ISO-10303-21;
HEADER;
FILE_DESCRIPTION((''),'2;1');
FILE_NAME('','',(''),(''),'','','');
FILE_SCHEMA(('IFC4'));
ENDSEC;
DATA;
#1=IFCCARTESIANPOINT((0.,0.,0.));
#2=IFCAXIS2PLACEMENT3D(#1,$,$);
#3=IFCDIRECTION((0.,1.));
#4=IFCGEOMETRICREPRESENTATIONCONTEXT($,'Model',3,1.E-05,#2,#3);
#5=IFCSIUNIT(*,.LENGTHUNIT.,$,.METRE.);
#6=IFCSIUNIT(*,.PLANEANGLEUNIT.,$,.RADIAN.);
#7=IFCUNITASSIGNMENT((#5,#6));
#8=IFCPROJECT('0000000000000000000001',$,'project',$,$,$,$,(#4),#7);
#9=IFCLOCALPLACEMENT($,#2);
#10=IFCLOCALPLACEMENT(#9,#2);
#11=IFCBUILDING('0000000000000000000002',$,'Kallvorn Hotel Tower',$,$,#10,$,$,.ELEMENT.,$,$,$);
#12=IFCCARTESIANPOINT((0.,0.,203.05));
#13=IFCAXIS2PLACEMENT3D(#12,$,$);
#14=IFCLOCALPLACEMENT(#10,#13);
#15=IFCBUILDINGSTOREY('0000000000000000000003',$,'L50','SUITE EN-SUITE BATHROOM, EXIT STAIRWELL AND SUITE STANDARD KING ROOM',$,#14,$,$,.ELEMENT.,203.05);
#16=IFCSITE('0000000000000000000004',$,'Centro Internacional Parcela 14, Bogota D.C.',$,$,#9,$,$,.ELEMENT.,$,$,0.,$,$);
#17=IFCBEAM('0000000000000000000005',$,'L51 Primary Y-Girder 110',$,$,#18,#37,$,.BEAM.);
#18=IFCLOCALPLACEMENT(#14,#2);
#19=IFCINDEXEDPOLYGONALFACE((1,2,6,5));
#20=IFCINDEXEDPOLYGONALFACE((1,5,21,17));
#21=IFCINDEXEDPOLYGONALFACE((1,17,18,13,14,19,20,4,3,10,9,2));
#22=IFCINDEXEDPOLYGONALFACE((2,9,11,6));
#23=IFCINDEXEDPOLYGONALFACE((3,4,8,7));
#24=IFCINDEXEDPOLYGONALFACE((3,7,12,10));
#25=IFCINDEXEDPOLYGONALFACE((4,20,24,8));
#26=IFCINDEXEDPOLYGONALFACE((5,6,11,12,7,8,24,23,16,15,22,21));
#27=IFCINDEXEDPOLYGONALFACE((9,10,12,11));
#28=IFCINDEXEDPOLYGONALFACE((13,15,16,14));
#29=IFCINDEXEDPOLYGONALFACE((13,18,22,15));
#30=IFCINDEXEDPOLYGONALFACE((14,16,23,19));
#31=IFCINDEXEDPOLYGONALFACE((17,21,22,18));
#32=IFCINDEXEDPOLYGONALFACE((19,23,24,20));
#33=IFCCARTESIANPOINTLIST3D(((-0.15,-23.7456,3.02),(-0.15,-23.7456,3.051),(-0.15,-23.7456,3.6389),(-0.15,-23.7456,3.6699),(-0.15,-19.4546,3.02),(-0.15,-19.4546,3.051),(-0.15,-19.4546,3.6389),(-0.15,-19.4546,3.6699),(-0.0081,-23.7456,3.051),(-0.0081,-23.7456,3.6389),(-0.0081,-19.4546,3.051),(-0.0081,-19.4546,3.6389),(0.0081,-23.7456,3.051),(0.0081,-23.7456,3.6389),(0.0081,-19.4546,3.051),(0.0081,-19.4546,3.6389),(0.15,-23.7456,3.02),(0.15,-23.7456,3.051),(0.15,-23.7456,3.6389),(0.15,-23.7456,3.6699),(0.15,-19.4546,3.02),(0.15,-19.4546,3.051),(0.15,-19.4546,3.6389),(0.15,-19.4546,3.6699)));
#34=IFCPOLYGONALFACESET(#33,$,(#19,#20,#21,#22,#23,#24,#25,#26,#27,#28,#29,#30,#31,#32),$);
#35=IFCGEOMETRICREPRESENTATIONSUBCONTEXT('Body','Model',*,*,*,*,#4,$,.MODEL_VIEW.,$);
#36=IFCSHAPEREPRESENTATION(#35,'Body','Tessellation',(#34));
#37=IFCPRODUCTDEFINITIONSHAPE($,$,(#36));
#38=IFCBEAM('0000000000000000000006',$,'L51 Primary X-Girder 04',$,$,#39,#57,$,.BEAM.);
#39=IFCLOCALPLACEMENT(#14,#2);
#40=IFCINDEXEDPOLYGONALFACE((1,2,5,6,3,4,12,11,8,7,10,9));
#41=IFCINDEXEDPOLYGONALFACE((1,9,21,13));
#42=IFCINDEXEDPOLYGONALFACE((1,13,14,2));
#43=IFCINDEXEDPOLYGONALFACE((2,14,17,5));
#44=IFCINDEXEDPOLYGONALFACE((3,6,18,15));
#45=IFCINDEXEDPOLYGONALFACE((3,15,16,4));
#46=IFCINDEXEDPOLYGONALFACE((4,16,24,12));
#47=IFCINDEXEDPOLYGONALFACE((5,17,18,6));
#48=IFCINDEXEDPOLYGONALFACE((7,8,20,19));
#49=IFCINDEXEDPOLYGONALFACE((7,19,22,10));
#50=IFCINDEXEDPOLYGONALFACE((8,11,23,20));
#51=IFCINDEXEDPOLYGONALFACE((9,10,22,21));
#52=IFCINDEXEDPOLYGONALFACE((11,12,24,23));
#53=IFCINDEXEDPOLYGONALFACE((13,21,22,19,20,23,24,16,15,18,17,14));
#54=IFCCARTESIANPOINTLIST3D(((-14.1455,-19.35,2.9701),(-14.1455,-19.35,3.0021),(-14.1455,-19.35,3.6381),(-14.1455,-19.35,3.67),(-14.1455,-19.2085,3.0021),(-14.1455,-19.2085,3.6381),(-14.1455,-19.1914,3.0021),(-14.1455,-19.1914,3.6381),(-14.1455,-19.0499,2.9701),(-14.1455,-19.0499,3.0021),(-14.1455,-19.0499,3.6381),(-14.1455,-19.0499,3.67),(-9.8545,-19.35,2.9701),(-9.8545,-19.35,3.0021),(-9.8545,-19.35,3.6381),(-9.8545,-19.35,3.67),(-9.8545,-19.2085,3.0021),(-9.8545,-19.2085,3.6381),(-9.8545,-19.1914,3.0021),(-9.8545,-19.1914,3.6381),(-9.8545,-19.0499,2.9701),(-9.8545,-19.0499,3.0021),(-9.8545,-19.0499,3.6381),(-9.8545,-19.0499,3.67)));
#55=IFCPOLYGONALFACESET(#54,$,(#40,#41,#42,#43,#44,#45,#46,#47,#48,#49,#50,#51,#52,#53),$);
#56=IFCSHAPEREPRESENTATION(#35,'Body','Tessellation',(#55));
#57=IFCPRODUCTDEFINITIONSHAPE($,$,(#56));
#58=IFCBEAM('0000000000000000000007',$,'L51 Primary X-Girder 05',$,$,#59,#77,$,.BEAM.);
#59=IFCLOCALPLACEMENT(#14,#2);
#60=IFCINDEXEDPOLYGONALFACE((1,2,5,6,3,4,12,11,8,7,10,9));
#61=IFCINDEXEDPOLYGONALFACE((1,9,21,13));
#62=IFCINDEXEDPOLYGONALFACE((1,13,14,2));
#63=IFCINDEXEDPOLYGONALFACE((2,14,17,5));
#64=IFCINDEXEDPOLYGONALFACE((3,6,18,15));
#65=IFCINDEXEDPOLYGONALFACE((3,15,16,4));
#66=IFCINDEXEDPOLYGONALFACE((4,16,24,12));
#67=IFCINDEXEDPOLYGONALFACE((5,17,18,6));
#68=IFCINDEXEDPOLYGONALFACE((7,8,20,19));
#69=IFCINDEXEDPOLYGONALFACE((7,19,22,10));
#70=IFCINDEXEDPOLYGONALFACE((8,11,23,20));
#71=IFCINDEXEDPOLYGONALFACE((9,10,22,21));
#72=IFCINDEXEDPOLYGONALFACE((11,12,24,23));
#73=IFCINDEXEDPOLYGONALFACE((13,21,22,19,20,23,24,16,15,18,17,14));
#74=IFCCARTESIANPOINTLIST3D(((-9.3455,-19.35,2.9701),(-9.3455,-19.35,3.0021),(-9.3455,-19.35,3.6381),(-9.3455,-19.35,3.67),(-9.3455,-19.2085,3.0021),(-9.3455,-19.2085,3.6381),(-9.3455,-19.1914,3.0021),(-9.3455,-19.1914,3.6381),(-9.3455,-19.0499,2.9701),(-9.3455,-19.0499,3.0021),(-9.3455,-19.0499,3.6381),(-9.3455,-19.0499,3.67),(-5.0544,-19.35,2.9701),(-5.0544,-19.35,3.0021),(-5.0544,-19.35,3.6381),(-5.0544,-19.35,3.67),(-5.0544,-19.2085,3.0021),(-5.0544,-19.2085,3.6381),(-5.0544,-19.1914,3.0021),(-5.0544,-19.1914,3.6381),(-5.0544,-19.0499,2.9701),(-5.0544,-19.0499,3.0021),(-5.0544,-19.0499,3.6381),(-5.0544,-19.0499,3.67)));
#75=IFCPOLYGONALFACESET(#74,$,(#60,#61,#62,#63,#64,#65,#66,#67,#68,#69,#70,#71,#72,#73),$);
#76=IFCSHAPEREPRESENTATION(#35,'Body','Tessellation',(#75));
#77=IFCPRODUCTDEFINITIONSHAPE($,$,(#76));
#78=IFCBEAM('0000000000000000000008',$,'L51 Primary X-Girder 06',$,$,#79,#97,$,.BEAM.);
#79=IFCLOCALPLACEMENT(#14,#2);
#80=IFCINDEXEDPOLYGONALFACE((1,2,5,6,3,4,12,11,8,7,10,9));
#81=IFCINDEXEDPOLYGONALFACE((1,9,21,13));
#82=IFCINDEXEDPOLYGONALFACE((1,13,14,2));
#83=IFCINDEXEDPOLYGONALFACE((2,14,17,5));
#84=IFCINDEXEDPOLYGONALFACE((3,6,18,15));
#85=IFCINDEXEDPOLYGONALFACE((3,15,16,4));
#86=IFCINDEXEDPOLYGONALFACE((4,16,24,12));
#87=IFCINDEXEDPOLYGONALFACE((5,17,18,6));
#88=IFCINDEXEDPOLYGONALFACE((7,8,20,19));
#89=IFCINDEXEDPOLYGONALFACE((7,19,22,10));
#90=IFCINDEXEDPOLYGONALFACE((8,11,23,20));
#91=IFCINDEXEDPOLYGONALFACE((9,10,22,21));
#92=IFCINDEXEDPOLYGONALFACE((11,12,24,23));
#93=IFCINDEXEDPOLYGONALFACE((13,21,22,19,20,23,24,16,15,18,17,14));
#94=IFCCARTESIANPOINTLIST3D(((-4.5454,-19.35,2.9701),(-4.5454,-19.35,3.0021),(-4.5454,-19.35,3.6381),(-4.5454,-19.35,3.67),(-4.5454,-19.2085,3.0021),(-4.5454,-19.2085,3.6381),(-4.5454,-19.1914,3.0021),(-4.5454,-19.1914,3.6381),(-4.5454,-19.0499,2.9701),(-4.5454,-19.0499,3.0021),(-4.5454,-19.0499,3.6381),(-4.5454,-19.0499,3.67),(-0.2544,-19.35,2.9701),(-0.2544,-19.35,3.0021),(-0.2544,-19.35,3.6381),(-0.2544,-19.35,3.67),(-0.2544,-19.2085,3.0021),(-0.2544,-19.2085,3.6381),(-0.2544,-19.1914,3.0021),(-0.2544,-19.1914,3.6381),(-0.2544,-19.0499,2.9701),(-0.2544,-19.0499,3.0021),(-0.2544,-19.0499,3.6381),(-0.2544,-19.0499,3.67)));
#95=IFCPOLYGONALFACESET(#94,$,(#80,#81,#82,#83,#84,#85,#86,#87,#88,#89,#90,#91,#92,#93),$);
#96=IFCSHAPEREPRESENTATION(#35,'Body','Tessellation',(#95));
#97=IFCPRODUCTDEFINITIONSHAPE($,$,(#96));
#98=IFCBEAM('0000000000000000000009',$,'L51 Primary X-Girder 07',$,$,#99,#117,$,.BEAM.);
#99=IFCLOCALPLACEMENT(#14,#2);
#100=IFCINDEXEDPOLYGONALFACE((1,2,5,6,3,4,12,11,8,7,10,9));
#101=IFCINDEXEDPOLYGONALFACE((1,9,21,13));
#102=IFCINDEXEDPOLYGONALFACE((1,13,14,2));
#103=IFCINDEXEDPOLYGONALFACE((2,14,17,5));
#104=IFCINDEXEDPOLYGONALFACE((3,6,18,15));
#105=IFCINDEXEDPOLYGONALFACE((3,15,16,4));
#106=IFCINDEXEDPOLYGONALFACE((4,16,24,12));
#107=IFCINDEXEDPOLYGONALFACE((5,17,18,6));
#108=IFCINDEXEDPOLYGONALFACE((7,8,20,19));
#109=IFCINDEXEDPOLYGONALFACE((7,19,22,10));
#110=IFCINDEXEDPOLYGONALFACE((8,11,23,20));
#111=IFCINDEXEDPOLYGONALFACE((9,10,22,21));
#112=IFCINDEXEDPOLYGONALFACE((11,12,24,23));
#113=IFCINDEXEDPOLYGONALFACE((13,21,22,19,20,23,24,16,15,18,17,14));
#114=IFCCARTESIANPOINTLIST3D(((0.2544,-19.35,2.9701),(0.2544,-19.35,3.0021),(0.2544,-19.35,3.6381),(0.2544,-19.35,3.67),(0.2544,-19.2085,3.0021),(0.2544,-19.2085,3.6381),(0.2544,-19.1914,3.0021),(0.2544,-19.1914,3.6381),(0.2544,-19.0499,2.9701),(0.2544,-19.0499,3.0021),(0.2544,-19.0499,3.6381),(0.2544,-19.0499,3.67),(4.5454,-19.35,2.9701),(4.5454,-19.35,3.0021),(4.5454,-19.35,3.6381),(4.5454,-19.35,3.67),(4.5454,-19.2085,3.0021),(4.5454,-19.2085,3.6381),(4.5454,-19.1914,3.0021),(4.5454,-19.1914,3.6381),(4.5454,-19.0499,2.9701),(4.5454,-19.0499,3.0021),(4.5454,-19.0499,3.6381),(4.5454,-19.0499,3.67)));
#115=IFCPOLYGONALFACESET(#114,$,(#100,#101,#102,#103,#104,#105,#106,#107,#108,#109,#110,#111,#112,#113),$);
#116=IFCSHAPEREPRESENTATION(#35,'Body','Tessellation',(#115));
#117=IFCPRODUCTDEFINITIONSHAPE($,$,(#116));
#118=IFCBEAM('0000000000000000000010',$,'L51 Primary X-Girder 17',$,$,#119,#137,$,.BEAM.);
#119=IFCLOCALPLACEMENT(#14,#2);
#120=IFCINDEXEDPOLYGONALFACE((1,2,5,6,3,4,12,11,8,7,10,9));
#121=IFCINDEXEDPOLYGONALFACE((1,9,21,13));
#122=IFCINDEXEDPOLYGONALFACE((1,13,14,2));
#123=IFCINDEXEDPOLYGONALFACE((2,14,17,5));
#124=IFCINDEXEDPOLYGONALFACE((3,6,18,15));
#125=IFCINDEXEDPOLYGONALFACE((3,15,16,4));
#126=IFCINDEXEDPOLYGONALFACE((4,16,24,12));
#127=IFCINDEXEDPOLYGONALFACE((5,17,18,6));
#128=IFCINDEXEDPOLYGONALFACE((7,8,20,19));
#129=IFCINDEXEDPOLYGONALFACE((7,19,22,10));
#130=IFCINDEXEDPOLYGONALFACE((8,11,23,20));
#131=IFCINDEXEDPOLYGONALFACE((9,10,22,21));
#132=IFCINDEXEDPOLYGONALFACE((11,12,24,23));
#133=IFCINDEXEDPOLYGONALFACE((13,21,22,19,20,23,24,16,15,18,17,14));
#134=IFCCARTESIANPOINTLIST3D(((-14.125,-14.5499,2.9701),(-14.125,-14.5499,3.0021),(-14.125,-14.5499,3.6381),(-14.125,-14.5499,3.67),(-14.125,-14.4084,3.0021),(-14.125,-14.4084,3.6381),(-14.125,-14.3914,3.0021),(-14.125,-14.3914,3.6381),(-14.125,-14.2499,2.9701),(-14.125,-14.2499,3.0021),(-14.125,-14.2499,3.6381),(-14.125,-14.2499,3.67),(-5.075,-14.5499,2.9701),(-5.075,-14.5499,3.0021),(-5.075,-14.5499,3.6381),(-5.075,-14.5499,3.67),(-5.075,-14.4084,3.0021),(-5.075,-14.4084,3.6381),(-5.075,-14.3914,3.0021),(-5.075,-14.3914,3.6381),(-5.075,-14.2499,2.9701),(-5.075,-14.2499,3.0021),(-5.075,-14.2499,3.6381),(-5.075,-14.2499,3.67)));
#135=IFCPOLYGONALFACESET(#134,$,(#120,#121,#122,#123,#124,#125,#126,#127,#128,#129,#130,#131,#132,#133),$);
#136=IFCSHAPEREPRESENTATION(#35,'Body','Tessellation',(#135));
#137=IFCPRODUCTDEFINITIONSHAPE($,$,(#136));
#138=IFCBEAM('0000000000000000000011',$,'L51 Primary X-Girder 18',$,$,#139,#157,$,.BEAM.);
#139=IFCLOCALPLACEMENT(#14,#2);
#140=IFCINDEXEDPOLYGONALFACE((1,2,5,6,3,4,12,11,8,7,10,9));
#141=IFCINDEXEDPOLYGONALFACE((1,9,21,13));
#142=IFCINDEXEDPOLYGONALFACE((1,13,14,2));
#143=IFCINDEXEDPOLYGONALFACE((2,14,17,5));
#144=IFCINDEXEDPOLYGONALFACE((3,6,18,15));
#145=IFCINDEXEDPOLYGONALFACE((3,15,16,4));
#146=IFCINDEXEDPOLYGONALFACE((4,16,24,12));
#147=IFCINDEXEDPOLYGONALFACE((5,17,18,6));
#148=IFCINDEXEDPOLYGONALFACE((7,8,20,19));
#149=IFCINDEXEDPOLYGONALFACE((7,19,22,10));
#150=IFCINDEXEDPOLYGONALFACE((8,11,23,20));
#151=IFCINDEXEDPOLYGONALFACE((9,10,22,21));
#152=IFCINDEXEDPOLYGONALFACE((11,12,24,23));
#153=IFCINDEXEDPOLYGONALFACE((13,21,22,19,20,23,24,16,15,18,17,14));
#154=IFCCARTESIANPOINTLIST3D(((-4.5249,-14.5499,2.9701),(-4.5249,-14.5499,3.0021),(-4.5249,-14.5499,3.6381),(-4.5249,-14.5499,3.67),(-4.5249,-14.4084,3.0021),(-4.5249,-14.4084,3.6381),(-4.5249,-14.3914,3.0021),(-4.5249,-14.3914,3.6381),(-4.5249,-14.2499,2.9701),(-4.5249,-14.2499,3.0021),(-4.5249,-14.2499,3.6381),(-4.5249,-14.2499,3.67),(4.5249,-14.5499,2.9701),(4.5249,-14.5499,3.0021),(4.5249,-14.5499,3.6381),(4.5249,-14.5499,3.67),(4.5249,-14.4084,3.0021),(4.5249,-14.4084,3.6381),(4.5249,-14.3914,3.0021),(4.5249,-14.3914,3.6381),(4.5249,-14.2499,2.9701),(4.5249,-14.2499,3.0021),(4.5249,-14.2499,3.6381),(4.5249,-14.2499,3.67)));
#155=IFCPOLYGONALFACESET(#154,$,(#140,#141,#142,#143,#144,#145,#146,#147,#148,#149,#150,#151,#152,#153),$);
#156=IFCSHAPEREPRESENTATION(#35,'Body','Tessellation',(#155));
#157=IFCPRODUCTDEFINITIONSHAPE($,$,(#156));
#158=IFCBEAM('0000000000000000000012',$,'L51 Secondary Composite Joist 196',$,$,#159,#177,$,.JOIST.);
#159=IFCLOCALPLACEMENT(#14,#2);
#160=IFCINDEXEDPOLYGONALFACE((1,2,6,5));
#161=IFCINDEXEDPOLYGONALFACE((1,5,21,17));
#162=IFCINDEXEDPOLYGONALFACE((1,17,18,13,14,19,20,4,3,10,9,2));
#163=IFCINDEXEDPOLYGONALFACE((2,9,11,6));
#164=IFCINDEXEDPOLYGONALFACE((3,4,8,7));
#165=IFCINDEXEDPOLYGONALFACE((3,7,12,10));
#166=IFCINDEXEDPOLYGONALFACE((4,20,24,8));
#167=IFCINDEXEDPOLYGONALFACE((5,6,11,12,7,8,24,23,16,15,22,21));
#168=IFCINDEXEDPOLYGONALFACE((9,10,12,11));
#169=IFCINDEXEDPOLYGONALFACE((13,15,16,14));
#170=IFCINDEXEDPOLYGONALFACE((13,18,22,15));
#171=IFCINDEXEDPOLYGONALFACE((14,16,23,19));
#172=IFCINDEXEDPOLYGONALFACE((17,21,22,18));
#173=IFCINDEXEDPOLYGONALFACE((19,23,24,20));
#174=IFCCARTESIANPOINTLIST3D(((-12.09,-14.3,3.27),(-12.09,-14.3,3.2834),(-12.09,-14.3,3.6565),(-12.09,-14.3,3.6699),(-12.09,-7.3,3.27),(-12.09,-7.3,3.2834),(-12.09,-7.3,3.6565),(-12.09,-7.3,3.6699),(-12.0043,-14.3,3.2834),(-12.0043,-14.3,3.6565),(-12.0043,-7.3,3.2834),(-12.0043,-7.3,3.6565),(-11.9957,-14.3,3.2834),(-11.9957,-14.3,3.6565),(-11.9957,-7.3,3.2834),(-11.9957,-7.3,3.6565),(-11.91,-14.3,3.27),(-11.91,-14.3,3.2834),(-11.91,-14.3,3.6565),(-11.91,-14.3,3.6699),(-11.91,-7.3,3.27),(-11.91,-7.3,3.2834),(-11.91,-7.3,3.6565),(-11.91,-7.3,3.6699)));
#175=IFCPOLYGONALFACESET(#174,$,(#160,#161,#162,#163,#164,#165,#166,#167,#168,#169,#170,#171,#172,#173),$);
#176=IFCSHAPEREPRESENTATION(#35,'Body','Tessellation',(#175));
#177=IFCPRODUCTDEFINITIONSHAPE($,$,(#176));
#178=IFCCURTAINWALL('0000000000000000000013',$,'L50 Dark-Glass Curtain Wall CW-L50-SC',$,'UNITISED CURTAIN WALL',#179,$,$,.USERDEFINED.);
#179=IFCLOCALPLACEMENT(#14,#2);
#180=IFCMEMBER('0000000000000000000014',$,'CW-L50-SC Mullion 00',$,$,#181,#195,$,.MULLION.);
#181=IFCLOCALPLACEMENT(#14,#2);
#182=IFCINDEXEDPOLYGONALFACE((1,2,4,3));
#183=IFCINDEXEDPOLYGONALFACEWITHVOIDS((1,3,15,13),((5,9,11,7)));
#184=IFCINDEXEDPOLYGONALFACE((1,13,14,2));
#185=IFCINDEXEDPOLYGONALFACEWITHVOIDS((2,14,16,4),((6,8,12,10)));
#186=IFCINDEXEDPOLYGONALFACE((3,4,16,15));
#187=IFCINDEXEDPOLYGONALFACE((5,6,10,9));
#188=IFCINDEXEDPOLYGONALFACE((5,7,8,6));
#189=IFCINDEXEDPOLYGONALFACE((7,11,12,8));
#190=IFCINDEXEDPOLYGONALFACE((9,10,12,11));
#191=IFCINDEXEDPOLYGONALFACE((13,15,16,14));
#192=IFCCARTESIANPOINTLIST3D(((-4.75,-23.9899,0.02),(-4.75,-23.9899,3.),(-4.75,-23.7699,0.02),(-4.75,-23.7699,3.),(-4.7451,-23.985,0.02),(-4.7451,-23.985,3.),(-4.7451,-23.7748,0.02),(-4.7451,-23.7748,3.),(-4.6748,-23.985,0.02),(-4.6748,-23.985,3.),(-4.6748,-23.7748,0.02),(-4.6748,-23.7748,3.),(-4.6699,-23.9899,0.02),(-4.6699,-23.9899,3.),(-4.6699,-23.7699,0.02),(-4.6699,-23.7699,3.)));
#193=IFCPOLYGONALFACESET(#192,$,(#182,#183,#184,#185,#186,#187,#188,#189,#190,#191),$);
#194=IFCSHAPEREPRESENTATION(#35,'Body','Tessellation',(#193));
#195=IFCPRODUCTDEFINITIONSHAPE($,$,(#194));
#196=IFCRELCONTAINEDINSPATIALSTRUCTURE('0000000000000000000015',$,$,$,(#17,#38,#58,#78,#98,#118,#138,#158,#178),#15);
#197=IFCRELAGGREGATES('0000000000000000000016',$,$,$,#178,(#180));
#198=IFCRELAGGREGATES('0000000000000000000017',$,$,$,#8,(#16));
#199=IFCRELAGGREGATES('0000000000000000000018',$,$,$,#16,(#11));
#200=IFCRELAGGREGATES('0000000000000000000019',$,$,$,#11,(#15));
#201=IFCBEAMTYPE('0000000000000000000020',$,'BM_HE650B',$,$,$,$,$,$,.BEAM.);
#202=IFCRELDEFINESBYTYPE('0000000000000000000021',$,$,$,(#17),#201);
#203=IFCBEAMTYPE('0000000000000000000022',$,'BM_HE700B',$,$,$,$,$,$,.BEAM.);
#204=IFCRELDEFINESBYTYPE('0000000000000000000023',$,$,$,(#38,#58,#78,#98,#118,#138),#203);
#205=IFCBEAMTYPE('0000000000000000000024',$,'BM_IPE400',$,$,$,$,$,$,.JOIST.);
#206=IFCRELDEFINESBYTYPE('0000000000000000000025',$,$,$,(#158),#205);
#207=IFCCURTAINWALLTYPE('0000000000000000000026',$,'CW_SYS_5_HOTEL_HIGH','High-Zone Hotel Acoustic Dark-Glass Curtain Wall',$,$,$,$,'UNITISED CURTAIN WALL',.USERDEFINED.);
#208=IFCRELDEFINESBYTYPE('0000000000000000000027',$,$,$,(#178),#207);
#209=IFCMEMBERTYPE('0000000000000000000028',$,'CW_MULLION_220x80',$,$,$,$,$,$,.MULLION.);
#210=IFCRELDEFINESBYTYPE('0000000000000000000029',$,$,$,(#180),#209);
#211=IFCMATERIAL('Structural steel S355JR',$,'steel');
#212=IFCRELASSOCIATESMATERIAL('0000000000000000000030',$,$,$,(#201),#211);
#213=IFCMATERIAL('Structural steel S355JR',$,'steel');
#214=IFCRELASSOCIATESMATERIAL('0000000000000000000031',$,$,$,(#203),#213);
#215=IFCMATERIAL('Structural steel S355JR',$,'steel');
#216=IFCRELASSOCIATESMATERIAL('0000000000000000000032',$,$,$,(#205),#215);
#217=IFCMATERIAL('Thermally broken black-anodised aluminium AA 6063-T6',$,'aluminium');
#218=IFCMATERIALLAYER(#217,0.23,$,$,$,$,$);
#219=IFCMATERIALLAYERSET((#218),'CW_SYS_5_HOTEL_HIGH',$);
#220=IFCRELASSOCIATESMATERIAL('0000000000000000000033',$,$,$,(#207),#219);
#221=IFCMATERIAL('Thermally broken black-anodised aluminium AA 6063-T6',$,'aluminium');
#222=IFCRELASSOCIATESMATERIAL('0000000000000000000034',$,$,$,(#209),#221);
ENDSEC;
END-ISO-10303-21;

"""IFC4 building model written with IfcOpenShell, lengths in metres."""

from ifc_helpers import new_model, si_unit, direction, frame, origin, origin_2d, place, context, subcontext, project, spatial, hollow_rectangle, i_section, extrude, material, layer, layer_set, material_profile, profile_set, type_object, element, aggregate, save


model = new_model("IFC4")

# Units and contexts
model_context = context("Model", 3, precision=1e-05, world=origin(), true_north=direction((0.0, 1.0)))
body_context = subcontext(model_context, "Body", "Model", "MODEL_VIEW")
ifc_project = project(units=[si_unit("LENGTHUNIT", "METRE"), si_unit("PLANEANGLEUNIT", "RADIAN")], contexts=[model_context])

# Site, building, storey
site_placement = place(None, origin())
site = spatial("IfcSite", under=ifc_project, at=site_placement, Name="Centro Internacional Parcela 14, Bogota D.C.", CompositionType="ELEMENT", RefElevation=0.0)
building_placement = place(site_placement, origin())
building = spatial("IfcBuilding", under=site, at=building_placement, Name="Kallvorn Hotel Tower", CompositionType="ELEMENT")
storey_placement = place(building_placement, frame((0.0, 0.0, 203.05)))
storey = spatial("IfcBuildingStorey", under=building, at=storey_placement, Name="L50", Description="SUITE EN-SUITE BATHROOM, EXIT STAIRWELL AND SUITE STANDARD KING ROOM", CompositionType="ELEMENT", Elevation=203.05)

# Beams
ifc_material_1 = material(Name="Structural steel S355JR", Category="steel")
ifc_material_profile_1 = material_profile(ifc_material_1, i_section(OverallWidth=0.3, OverallDepth=0.6499, WebThickness=0.0161, FlangeThickness=0.031, at=origin_2d()), Name="HE 650 B")
ifc_profile_set_1 = profile_set([ifc_material_profile_1], Name="Structural steel S355JR")
beam_type_1 = type_object("IfcBeamType", Name="BM_HE650B", PredefinedType="BEAM", material=ifc_profile_set_1)
beam_1_placement = place(storey_placement, frame((0.0, -23.7456, 3.345), z_axis=(0.0, 1.0, 0.0), x_axis=(-1.0, 0.0, 0.0)))
element("IfcBeam", 1, at=beam_1_placement, inside=storey, type_object=beam_type_1, Name="L51 Primary Y-Girder 110", PredefinedType="BEAM", context=body_context, shape_type="SweptSolid", body=[
    extrude(i_section(OverallWidth=0.3, OverallDepth=0.6499, WebThickness=0.0161, FlangeThickness=0.031, at=origin_2d()), origin(), (0.0, 0.0, 1.0), 4.291),
])
ifc_material_2 = material(Name="Structural steel S355JR", Category="steel")
ifc_material_profile_2 = material_profile(ifc_material_2, i_section(OverallWidth=0.3, OverallDepth=0.7, WebThickness=0.0171, FlangeThickness=0.032, at=origin_2d()), Name="HE 700 B")
ifc_profile_set_2 = profile_set([ifc_material_profile_2], Name="Structural steel S355JR")
beam_type_2 = type_object("IfcBeamType", Name="BM_HE700B", PredefinedType="BEAM", material=ifc_profile_set_2)
for number, where, z_axis, x_axis, name in (
    (2, (-14.1455, -19.2, 3.3201), (1.0, 0.0, 0.0), (0.0, 1.0, 0.0), "L51 Primary X-Girder 04"),
    (3, (-9.3455, -19.2, 3.3201), (1.0, 0.0, 0.0), (0.0, 1.0, 0.0), "L51 Primary X-Girder 05"),
    (4, (-4.5454, -19.2, 3.3201), (1.0, 0.0, 0.0), (0.0, 1.0, 0.0), "L51 Primary X-Girder 06"),
    (5, (0.2544, -19.2, 3.3201), (1.0, 0.0, 0.0), (0.0, 1.0, 0.0), "L51 Primary X-Girder 07"),
):
    element("IfcBeam", number, at=place(storey_placement, frame(where, z_axis=z_axis, x_axis=x_axis)), inside=storey, type_object=beam_type_2, Name=name, PredefinedType="BEAM", context=body_context, shape_type="SweptSolid", body=[
        extrude(i_section(OverallWidth=0.3, OverallDepth=0.7, WebThickness=0.0171, FlangeThickness=0.032, at=origin_2d()), origin(), (0.0, 0.0, 1.0), 4.291),
    ])
beam_2_placement = place(storey_placement, frame((-14.125, -14.3999, 3.3201), z_axis=(1.0, 0.0, 0.0), x_axis=(0.0, 1.0, 0.0)))
element("IfcBeam", 6, at=beam_2_placement, inside=storey, type_object=beam_type_2, Name="L51 Primary X-Girder 17", PredefinedType="BEAM", context=body_context, shape_type="SweptSolid", body=[
    extrude(i_section(OverallWidth=0.3, OverallDepth=0.7, WebThickness=0.0171, FlangeThickness=0.032, at=origin_2d()), origin(), (0.0, 0.0, 1.0), 9.05),
])
beam_3_placement = place(storey_placement, frame((-4.5249, -14.3999, 3.3201), z_axis=(1.0, 0.0, 0.0), x_axis=(0.0, 1.0, 0.0)))
element("IfcBeam", 7, at=beam_3_placement, inside=storey, type_object=beam_type_2, Name="L51 Primary X-Girder 18", PredefinedType="BEAM", context=body_context, shape_type="SweptSolid", body=[
    extrude(i_section(OverallWidth=0.3, OverallDepth=0.7, WebThickness=0.0171, FlangeThickness=0.032, at=origin_2d()), origin(), (0.0, 0.0, 1.0), 9.0498),
])
ifc_material_3 = material(Name="Structural steel S355JR", Category="steel")
ifc_material_profile_3 = material_profile(ifc_material_3, i_section(OverallWidth=0.1799, OverallDepth=0.3999, WebThickness=0.0085, FlangeThickness=0.0134, at=origin_2d()), Name="IPE 400")
ifc_profile_set_3 = profile_set([ifc_material_profile_3], Name="Structural steel S355JR")
beam_type_3 = type_object("IfcBeamType", Name="BM_IPE400", PredefinedType="JOIST", material=ifc_profile_set_3)
beam_4_placement = place(storey_placement, frame((-12.0, -14.3, 3.47), z_axis=(0.0, 1.0, 0.0), x_axis=(-1.0, 0.0, 0.0)))
element("IfcBeam", 8, at=beam_4_placement, inside=storey, type_object=beam_type_3, Name="L51 Secondary Composite Joist 196", PredefinedType="JOIST", context=body_context, shape_type="SweptSolid", body=[
    extrude(i_section(OverallWidth=0.1799, OverallDepth=0.3999, WebThickness=0.0085, FlangeThickness=0.0134, at=origin_2d()), origin(), (0.0, 0.0, 1.0), 7.0),
])

# Curtain wall, member
ifc_material_4 = material(Name="Thermally broken black-anodised aluminium AA 6063-T6", Category="aluminium")
ifc_layer_1 = layer(ifc_material_4, 0.23)
ifc_layer_set_1 = layer_set([ifc_layer_1], Name="CW_SYS_5_HOTEL_HIGH")
curtain_wall_type = type_object("IfcCurtainWallType", Name="CW_SYS_5_HOTEL_HIGH", Description="High-Zone Hotel Acoustic Dark-Glass Curtain Wall", ElementType="UNITISED CURTAIN WALL", PredefinedType="USERDEFINED", material=ifc_layer_set_1)
curtain_wall_placement = place(storey_placement, origin())
curtain_wall = element("IfcCurtainWall", 9, at=curtain_wall_placement, inside=storey, type_object=curtain_wall_type, Name="L50 Dark-Glass Curtain Wall CW-L50-SC", ObjectType="UNITISED CURTAIN WALL", PredefinedType="USERDEFINED")
ifc_material_5 = material(Name="Thermally broken black-anodised aluminium AA 6063-T6", Category="aluminium")
ifc_material_profile_4 = material_profile(ifc_material_5, hollow_rectangle(XDim=0.0801, YDim=0.22, WallThickness=0.0049, at=origin_2d()), Name="MUL 220x80")
ifc_profile_set_4 = profile_set([ifc_material_profile_4], Name="Thermally broken black-anodised aluminium AA 6063-T6")
member_type_1 = type_object("IfcMemberType", Name="CW_MULLION_220x80", PredefinedType="MULLION", material=ifc_profile_set_4)
member_1_placement = place(storey_placement, frame((-4.71, -23.8799, 0.02), z_axis=(0.0, 0.0, 1.0), x_axis=(1.0, 0.0, 0.0)))
member_1 = element("IfcMember", 10, at=member_1_placement, type_object=member_type_1, Name="CW-L50-SC Mullion 00", PredefinedType="MULLION", context=body_context, shape_type="SweptSolid", body=[
    extrude(hollow_rectangle(XDim=0.0801, YDim=0.22, WallThickness=0.0049, at=origin_2d()), origin(), (0.0, 0.0, 1.0), 2.98),
])
aggregate(curtain_wall, [member_1])

save(model, "model.ifc")
